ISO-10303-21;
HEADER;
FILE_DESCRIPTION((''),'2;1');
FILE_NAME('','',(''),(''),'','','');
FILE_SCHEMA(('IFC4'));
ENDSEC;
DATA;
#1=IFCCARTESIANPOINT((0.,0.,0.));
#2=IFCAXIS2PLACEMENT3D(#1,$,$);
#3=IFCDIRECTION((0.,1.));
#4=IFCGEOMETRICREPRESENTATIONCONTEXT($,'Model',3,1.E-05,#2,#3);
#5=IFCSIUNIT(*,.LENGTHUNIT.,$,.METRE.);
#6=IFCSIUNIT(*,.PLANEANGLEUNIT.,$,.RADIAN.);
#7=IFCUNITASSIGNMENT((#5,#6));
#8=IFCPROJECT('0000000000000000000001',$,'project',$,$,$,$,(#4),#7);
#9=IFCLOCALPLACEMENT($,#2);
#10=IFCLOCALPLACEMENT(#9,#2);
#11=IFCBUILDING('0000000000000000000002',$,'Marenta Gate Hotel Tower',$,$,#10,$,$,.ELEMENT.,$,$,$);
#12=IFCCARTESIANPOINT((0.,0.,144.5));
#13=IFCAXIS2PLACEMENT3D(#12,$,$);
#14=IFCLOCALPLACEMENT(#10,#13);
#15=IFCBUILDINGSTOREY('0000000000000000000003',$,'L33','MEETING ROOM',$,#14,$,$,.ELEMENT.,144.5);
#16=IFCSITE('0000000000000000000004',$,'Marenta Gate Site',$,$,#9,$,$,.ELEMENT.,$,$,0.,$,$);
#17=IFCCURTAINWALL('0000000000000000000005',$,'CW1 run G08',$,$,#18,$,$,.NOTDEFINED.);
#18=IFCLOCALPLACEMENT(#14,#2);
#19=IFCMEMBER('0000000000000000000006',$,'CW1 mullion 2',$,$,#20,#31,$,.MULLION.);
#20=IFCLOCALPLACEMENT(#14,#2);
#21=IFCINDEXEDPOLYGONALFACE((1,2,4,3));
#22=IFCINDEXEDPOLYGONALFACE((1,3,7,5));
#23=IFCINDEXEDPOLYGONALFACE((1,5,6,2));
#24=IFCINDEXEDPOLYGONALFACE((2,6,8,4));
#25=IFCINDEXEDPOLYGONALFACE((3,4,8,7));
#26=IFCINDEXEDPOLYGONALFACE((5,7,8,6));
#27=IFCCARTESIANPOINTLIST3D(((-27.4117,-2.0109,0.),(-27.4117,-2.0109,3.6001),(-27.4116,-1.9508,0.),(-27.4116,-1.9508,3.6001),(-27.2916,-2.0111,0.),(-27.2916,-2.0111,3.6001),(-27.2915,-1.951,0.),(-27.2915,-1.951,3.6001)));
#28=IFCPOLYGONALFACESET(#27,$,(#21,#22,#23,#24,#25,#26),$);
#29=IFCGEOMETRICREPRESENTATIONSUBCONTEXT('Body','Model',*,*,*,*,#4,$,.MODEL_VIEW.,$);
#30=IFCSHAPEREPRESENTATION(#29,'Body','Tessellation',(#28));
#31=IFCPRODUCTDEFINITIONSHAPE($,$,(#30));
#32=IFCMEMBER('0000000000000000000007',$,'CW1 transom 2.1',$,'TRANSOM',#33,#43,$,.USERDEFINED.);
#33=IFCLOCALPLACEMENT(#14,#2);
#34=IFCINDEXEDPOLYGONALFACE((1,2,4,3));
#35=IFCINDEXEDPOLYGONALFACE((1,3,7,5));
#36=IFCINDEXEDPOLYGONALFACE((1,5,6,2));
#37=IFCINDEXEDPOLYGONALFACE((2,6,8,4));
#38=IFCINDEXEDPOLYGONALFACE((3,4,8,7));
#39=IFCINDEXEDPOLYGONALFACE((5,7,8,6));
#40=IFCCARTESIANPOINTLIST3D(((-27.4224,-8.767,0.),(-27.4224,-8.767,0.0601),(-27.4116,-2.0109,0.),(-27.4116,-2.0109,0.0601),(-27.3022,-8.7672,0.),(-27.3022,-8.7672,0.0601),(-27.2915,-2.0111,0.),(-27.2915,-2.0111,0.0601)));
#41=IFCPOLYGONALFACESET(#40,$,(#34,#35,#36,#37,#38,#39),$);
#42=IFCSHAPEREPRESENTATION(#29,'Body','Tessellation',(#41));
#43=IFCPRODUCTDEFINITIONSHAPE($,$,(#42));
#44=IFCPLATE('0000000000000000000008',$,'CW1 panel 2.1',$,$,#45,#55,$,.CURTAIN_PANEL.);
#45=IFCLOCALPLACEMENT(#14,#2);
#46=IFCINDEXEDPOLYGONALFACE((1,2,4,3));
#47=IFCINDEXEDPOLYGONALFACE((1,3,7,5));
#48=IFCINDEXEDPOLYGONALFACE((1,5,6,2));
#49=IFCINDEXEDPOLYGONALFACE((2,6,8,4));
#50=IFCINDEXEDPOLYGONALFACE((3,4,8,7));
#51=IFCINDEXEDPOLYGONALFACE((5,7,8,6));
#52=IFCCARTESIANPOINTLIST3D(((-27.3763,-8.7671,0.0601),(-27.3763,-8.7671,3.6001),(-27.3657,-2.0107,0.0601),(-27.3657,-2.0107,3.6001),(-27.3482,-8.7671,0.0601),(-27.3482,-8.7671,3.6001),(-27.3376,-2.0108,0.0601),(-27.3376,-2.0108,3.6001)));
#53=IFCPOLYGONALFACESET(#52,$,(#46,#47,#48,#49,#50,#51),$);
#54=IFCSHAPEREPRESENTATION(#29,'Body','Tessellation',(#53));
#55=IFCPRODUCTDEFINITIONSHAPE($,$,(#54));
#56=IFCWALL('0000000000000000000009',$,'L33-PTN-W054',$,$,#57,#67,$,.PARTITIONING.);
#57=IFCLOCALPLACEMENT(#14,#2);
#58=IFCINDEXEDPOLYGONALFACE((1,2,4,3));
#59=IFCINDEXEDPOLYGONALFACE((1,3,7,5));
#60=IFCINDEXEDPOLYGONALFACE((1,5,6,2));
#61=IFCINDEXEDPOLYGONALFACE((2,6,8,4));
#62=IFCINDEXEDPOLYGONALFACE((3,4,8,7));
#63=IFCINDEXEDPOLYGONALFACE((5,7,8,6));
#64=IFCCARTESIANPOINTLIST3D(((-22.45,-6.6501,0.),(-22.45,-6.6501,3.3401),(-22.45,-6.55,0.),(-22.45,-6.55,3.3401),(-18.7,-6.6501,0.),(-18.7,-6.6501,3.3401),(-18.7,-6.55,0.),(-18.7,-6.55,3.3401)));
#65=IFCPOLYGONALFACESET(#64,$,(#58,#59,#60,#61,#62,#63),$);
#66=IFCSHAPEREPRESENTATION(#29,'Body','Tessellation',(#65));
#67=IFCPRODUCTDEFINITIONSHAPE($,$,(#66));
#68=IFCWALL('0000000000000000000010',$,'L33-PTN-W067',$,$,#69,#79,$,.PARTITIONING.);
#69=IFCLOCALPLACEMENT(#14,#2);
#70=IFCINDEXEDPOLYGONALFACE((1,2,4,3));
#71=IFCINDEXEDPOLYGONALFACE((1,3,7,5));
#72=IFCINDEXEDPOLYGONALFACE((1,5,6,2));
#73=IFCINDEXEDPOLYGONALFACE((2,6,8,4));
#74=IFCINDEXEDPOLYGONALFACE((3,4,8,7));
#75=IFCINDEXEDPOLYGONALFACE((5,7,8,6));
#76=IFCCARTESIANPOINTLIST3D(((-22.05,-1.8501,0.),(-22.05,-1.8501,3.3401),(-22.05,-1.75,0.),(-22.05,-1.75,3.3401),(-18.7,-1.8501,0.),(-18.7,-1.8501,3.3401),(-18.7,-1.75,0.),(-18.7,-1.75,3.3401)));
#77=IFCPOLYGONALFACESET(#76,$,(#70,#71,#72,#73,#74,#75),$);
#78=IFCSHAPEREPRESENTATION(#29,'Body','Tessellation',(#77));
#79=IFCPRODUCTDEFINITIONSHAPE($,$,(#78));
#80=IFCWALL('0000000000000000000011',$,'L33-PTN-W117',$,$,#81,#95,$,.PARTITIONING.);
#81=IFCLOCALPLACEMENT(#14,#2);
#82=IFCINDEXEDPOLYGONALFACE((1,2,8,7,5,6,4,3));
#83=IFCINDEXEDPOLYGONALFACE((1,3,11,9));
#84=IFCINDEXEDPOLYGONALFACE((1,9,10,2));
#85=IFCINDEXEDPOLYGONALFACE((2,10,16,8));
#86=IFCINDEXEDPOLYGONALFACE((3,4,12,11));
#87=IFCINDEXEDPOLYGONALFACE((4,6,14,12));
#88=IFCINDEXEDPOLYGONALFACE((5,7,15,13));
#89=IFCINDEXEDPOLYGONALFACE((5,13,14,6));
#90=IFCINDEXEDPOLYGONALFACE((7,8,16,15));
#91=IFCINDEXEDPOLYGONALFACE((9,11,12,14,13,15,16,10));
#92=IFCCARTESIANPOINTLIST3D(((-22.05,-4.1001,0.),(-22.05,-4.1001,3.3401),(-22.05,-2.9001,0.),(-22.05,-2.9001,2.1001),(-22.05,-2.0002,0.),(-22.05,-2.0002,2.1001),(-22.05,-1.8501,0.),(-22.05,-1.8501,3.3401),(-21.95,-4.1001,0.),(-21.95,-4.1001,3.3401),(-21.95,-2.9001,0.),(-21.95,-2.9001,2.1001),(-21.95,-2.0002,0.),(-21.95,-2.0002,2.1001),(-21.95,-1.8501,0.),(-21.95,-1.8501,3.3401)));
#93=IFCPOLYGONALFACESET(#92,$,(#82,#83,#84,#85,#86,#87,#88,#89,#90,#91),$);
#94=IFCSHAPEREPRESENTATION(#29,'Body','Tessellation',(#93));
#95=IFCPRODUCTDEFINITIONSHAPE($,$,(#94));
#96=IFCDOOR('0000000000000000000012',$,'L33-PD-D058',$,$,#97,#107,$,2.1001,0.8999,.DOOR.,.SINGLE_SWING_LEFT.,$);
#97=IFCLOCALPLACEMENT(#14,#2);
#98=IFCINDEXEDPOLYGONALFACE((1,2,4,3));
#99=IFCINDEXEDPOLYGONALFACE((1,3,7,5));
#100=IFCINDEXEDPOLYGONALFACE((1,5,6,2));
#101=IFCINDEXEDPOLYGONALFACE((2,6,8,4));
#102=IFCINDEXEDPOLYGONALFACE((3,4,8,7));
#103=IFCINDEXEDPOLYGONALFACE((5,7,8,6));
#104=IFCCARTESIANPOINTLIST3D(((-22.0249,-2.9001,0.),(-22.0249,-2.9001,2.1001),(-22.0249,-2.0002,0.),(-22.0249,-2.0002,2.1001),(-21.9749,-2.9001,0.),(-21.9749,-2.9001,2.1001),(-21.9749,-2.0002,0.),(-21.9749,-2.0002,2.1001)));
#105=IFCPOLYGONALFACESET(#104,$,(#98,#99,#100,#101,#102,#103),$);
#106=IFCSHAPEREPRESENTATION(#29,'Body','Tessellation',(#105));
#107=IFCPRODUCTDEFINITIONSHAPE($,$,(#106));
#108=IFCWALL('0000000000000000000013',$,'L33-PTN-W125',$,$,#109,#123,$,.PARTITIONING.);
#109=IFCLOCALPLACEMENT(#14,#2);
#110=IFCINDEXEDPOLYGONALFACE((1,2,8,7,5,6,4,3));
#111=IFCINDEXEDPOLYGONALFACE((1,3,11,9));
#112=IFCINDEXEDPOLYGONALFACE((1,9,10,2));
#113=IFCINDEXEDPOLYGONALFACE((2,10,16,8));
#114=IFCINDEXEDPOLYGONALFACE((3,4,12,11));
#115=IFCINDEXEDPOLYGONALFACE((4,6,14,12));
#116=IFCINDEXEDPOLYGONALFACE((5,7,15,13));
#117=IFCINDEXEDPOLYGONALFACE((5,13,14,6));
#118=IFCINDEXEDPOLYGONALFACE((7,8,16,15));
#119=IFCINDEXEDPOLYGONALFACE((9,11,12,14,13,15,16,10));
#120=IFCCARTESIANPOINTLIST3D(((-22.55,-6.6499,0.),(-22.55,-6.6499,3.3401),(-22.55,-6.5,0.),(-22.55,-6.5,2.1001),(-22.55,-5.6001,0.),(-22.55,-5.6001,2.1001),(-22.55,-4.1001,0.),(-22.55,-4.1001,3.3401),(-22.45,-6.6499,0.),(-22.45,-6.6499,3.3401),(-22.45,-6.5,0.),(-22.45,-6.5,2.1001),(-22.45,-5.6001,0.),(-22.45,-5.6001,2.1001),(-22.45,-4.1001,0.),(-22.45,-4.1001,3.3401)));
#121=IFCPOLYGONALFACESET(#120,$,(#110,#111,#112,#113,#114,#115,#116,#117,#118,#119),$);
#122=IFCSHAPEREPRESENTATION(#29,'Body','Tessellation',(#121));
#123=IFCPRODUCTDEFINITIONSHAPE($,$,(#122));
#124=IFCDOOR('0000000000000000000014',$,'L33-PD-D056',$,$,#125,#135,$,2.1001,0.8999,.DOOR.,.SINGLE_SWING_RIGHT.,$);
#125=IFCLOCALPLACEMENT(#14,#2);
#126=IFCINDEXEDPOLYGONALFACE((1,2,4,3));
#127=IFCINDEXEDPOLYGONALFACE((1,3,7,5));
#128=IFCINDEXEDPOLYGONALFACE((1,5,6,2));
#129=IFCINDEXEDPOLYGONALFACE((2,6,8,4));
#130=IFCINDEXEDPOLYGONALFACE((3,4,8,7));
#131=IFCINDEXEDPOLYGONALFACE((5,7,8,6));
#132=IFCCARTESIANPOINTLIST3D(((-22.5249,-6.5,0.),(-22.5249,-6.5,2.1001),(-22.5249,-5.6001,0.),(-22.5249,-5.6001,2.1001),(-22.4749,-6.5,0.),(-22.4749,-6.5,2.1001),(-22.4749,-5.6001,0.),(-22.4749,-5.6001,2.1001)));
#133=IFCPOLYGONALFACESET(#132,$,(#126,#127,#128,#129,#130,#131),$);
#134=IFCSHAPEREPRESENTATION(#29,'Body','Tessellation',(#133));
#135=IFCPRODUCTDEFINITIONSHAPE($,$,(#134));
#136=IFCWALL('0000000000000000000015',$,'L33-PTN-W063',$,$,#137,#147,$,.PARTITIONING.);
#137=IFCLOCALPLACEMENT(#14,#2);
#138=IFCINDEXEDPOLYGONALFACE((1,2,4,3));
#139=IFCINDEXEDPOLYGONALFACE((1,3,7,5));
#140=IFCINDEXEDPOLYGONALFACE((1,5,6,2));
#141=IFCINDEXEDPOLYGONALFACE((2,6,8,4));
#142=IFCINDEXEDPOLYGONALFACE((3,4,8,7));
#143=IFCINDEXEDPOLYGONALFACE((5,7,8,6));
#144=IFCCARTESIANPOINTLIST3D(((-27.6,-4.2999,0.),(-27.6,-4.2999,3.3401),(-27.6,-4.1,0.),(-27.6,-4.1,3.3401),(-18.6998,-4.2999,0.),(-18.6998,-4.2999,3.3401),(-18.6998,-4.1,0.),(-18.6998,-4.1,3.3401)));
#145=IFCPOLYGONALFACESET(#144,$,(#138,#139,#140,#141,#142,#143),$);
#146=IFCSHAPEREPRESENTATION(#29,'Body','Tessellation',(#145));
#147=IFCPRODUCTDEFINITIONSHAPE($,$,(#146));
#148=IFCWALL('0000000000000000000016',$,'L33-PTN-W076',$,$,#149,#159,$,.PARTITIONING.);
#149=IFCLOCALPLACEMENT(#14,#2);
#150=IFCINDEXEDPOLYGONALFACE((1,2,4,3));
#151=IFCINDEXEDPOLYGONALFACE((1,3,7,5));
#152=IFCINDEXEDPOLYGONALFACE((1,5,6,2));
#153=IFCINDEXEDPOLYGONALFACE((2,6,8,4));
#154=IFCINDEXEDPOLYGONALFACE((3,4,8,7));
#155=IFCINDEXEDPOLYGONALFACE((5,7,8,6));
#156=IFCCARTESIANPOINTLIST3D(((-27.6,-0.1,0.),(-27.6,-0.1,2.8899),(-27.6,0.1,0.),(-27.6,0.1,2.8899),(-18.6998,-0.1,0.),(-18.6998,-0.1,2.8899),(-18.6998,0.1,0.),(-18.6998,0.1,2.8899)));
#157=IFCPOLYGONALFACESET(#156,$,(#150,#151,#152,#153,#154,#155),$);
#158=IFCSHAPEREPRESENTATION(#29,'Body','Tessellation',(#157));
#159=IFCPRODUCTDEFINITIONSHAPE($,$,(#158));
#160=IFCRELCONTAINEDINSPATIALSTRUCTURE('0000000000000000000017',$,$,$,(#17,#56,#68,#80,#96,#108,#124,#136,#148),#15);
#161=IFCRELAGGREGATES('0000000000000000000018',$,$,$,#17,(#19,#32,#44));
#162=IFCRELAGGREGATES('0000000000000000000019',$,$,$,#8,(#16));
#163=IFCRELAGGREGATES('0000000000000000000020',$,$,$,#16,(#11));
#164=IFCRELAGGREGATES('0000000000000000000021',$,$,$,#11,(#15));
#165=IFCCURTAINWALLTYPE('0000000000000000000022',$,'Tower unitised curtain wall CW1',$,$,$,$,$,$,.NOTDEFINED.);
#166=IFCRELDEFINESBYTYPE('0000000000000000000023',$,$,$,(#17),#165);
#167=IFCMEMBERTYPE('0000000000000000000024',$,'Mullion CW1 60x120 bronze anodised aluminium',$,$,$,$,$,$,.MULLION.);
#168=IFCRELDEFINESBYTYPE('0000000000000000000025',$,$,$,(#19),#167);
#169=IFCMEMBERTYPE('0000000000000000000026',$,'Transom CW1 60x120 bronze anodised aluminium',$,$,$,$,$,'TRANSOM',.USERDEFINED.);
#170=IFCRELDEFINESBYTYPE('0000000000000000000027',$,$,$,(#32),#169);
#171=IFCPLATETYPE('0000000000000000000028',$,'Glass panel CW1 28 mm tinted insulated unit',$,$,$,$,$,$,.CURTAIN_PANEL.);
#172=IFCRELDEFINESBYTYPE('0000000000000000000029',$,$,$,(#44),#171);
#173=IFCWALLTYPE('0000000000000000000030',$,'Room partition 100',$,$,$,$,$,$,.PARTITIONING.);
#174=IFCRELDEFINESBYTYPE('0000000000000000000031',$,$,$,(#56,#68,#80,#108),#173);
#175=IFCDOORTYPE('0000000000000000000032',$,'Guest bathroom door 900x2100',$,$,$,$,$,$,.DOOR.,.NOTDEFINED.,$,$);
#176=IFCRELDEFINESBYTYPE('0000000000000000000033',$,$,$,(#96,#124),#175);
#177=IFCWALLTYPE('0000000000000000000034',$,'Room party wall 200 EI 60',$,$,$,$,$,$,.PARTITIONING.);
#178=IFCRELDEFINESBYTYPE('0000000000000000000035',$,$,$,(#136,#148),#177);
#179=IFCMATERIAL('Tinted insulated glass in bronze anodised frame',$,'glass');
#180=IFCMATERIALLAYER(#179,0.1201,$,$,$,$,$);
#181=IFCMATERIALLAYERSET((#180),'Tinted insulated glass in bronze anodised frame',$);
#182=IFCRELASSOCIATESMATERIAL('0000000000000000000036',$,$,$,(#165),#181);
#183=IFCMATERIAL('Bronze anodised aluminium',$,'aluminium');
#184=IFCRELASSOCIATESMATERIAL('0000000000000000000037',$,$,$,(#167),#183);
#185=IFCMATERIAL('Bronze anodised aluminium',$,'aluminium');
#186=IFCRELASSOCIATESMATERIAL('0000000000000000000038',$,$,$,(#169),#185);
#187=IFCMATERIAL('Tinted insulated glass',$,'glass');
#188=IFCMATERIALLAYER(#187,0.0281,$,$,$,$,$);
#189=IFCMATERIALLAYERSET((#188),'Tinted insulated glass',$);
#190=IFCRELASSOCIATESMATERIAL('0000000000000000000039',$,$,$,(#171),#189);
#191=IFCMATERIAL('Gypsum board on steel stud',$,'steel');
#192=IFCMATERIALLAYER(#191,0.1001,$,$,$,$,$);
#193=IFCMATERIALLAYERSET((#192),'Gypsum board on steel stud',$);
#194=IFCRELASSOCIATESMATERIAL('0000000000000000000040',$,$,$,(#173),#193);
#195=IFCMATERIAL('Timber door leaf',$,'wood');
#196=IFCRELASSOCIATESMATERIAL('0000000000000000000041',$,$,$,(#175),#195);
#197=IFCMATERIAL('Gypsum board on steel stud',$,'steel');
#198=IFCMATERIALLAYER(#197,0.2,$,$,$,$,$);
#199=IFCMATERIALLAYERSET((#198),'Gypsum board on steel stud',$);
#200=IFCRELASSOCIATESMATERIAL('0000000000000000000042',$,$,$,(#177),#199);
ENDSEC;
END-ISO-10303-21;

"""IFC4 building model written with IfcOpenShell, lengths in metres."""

from ifc_helpers import new_model, si_unit, direction, frame, frame_2d, origin, origin_2d, place, context, subcontext, project, spatial, rectangle, extrude, material, layer, layer_set, material_profile, profile_set, type_object, element, fill, aggregate, save


model = new_model("IFC4")

# Units and contexts
model_context = context("Model", 3, precision=1e-05, world=origin(), true_north=direction((0.0, 1.0)))
body_context = subcontext(model_context, "Body", "Model", "MODEL_VIEW")
ifc_project = project(units=[si_unit("LENGTHUNIT", "METRE"), si_unit("PLANEANGLEUNIT", "RADIAN")], contexts=[model_context])

# Site, building, storey
site_placement = place(None, origin())
site = spatial("IfcSite", under=ifc_project, at=site_placement, Name="Marenta Gate Site", CompositionType="ELEMENT", RefElevation=0.0)
building_placement = place(site_placement, origin())
building = spatial("IfcBuilding", under=site, at=building_placement, Name="Marenta Gate Hotel Tower", CompositionType="ELEMENT")
storey_placement = place(building_placement, frame((0.0, 0.0, 144.5)))
storey = spatial("IfcBuildingStorey", under=building, at=storey_placement, Name="L33", Description="MEETING ROOM", CompositionType="ELEMENT", Elevation=144.5)

# Curtain wall, members, plate
ifc_material_1 = material(Name="Tinted insulated glass in bronze anodised frame", Category="glass")
ifc_layer_1 = layer(ifc_material_1, 0.1201)
ifc_layer_set_1 = layer_set([ifc_layer_1], Name="Tinted insulated glass in bronze anodised frame")
curtain_wall_type = type_object("IfcCurtainWallType", Name="Tower unitised curtain wall CW1", PredefinedType="NOTDEFINED", material=ifc_layer_set_1)
curtain_wall_placement = place(storey_placement, origin())
curtain_wall = element("IfcCurtainWall", 1, at=curtain_wall_placement, inside=storey, type_object=curtain_wall_type, Name="CW1 run G08", PredefinedType="NOTDEFINED")
ifc_material_2 = material(Name="Bronze anodised aluminium", Category="aluminium")
ifc_material_profile_1 = material_profile(ifc_material_2, rectangle(XDim=0.1201, YDim=0.0601, at=origin_2d()), Name="Mullion CW1 60x120 bronze anodised aluminium")
ifc_profile_set_1 = profile_set([ifc_material_profile_1], Name="Bronze anodised aluminium")
member_type_1 = type_object("IfcMemberType", Name="Mullion CW1 60x120 bronze anodised aluminium", PredefinedType="MULLION", material=ifc_profile_set_1)
member_1_placement = place(storey_placement, frame((-27.3516, -1.981, 0.0), z_axis=(0.0, 0.0, 1.0), x_axis=(0.999999, -0.001565, 0.0)))
member_1 = element("IfcMember", 2, at=member_1_placement, type_object=member_type_1, Name="CW1 mullion 2", PredefinedType="MULLION", context=body_context, shape_type="SweptSolid", body=[
    extrude(rectangle(XDim=0.1201, YDim=0.0601, at=origin_2d()), origin(), (0.0, 0.0, 1.0), 3.6001),
])
ifc_material_3 = material(Name="Bronze anodised aluminium", Category="aluminium")
ifc_material_profile_2 = material_profile(ifc_material_3, rectangle(XDim=0.1201, YDim=0.0601, at=origin_2d()), Name="Transom CW1 60x120 bronze anodised aluminium")
ifc_profile_set_2 = profile_set([ifc_material_profile_2], Name="Bronze anodised aluminium")
member_type_2 = type_object("IfcMemberType", Name="Transom CW1 60x120 bronze anodised aluminium", ElementType="TRANSOM", PredefinedType="USERDEFINED", material=ifc_profile_set_2)
member_2_placement = place(storey_placement, frame((-27.3516, -2.011, 0.03), z_axis=(-0.00159, -0.999999, 0.0), x_axis=(0.999999, -0.00159, 0.0)))
member_2 = element("IfcMember", 3, at=member_2_placement, type_object=member_type_2, Name="CW1 transom 2.1", ObjectType="TRANSOM", PredefinedType="USERDEFINED", context=body_context, shape_type="SweptSolid", body=[
    extrude(rectangle(XDim=0.1201, YDim=0.0601, at=origin_2d()), origin(), (0.0, 0.0, 1.0), 6.7561),
])
ifc_material_4 = material(Name="Tinted insulated glass", Category="glass")
ifc_layer_2 = layer(ifc_material_4, 0.0281)
ifc_layer_set_2 = layer_set([ifc_layer_2], Name="Tinted insulated glass")
plate_type = type_object("IfcPlateType", Name="Glass panel CW1 28 mm tinted insulated unit", PredefinedType="CURTAIN_PANEL", material=ifc_layer_set_2)
plate_placement = place(storey_placement, frame((-27.3569, -5.3889, 0.0601), z_axis=(0.0, 0.0, 1.0), x_axis=(-0.001565, -0.999999, 0.0)))
plate = element("IfcPlate", 4, at=plate_placement, type_object=plate_type, Name="CW1 panel 2.1", PredefinedType="CURTAIN_PANEL", context=body_context, shape_type="SweptSolid", body=[
    extrude(rectangle(XDim=6.7563, YDim=0.0281, at=origin_2d()), origin(), (0.0, 0.0, 1.0), 3.54),
])
aggregate(curtain_wall, [member_1, member_2, plate])

# Walls
ifc_material_5 = material(Name="Gypsum board on steel stud", Category="steel")
ifc_layer_3 = layer(ifc_material_5, 0.1001)
ifc_layer_set_3 = layer_set([ifc_layer_3], Name="Gypsum board on steel stud")
wall_type_1 = type_object("IfcWallType", Name="Room partition 100", PredefinedType="PARTITIONING", material=ifc_layer_set_3)
wall_1_placement = place(storey_placement, frame((-22.45, -6.6001, 0.0), z_axis=(0.0, 0.0, 1.0), x_axis=(1.0, 0.0, 0.0)))
element("IfcWall", 5, at=wall_1_placement, inside=storey, type_object=wall_type_1, Name="L33-PTN-W054", PredefinedType="PARTITIONING", context=body_context, shape_type="SweptSolid", body=[
    extrude(rectangle(XDim=3.75, YDim=0.1001, at=frame_2d((1.875, 0.0))), origin(), (0.0, 0.0, 1.0), 3.3401),
])
wall_2_placement = place(storey_placement, frame((-22.05, -1.8, 0.0), z_axis=(0.0, 0.0, 1.0), x_axis=(1.0, 0.0, 0.0)))
element("IfcWall", 6, at=wall_2_placement, inside=storey, type_object=wall_type_1, Name="L33-PTN-W067", PredefinedType="PARTITIONING", context=body_context, shape_type="SweptSolid", body=[
    extrude(rectangle(XDim=3.3501, YDim=0.1001, at=frame_2d((1.675, 0.0))), origin(), (0.0, 0.0, 1.0), 3.3401),
])

# Walls, openings, doors
wall_3_placement = place(storey_placement, frame((-22.0, -4.1001, 0.0), z_axis=(0.0, 0.0, 1.0), x_axis=(0.0, 1.0, 0.0)))
wall_3 = element("IfcWall", 7, at=wall_3_placement, inside=storey, type_object=wall_type_1, Name="L33-PTN-W117", PredefinedType="PARTITIONING", context=body_context, shape_type="SweptSolid", body=[
    extrude(rectangle(XDim=2.25, YDim=0.1001, at=frame_2d((1.125, 0.0))), origin(), (0.0, 0.0, 1.0), 3.3401),
])
opening_1_placement = place(wall_3_placement, frame((1.2, 0.0, 0.0)))
opening_1 = element("IfcOpeningElement", 8, at=opening_1_placement, cuts=wall_3, PredefinedType="OPENING", context=body_context, shape_type="SweptSolid", body=[
    extrude(rectangle(XDim=0.8999, YDim=2.1001, at=frame_2d((0.45, 1.05))), frame((0.0, 0.05, 0.0), z_axis=(0.0, -1.0, 0.0), x_axis=(1.0, 0.0, 0.0)), (0.0, 0.0, 1.0), 0.1001),
])
ifc_material_6 = material(Name="Timber door leaf", Category="wood")
door_type_1 = type_object("IfcDoorType", Name="Guest bathroom door 900x2100", OperationType="NOTDEFINED", PredefinedType="DOOR", material=ifc_material_6)
door_1_placement = place(opening_1_placement, origin())
door_1 = element("IfcDoor", 9, at=door_1_placement, inside=storey, type_object=door_type_1, Name="L33-PD-D058", OperationType="SINGLE_SWING_LEFT", OverallHeight=2.1001, OverallWidth=0.8999, PredefinedType="DOOR", context=body_context, shape_type="SweptSolid", body=[
    extrude(rectangle(XDim=0.8999, YDim=2.1001, at=frame_2d((0.45, 1.05))), frame((0.0, 0.0249, 0.0), z_axis=(0.0, -1.0, 0.0), x_axis=(1.0, 0.0, 0.0)), (0.0, 0.0, 1.0), 0.05),
])
fill(opening_1, door_1)
wall_4_placement = place(storey_placement, frame((-22.5, -6.6499, 0.0), z_axis=(0.0, 0.0, 1.0), x_axis=(0.0, 1.0, 0.0)))
wall_4 = element("IfcWall", 10, at=wall_4_placement, inside=storey, type_object=wall_type_1, Name="L33-PTN-W125", PredefinedType="PARTITIONING", context=body_context, shape_type="SweptSolid", body=[
    extrude(rectangle(XDim=2.5498, YDim=0.1001, at=frame_2d((1.2749, 0.0))), origin(), (0.0, 0.0, 1.0), 3.3401),
])
opening_2_placement = place(wall_4_placement, frame((0.1499, 0.0, 0.0)))
opening_2 = element("IfcOpeningElement", 11, at=opening_2_placement, cuts=wall_4, PredefinedType="OPENING", context=body_context, shape_type="SweptSolid", body=[
    extrude(rectangle(XDim=0.8999, YDim=2.1001, at=frame_2d((0.45, 1.05))), frame((0.0, 0.05, 0.0), z_axis=(0.0, -1.0, 0.0), x_axis=(1.0, 0.0, 0.0)), (0.0, 0.0, 1.0), 0.1001),
])
door_2_placement = place(opening_2_placement, origin())
door_2 = element("IfcDoor", 12, at=door_2_placement, inside=storey, type_object=door_type_1, Name="L33-PD-D056", OperationType="SINGLE_SWING_RIGHT", OverallHeight=2.1001, OverallWidth=0.8999, PredefinedType="DOOR", context=body_context, shape_type="SweptSolid", body=[
    extrude(rectangle(XDim=0.8999, YDim=2.1001, at=frame_2d((0.45, 1.05))), frame((0.0, 0.0249, 0.0), z_axis=(0.0, -1.0, 0.0), x_axis=(1.0, 0.0, 0.0)), (0.0, 0.0, 1.0), 0.05),
])
fill(opening_2, door_2)

# Walls
ifc_material_7 = material(Name="Gypsum board on steel stud", Category="steel")
ifc_layer_4 = layer(ifc_material_7, 0.2)
ifc_layer_set_4 = layer_set([ifc_layer_4], Name="Gypsum board on steel stud")
wall_type_2 = type_object("IfcWallType", Name="Room party wall 200 EI 60", PredefinedType="PARTITIONING", material=ifc_layer_set_4)
wall_5_placement = place(storey_placement, frame((-27.6001, -4.2, 0.0), z_axis=(0.0, 0.0, 1.0), x_axis=(1.0, 0.0, 0.0)))
element("IfcWall", 13, at=wall_5_placement, inside=storey, type_object=wall_type_2, Name="L33-PTN-W063", PredefinedType="PARTITIONING", context=body_context, shape_type="SweptSolid", body=[
    extrude(rectangle(XDim=8.9001, YDim=0.2, at=frame_2d((4.4502, 0.0))), origin(), (0.0, 0.0, 1.0), 3.3401),
])
wall_6_placement = place(storey_placement, frame((-27.6001, 0.0, 0.0), z_axis=(0.0, 0.0, 1.0), x_axis=(1.0, 0.0, 0.0)))
element("IfcWall", 14, at=wall_6_placement, inside=storey, type_object=wall_type_2, Name="L33-PTN-W076", PredefinedType="PARTITIONING", context=body_context, shape_type="SweptSolid", body=[
    extrude(rectangle(XDim=8.9001, YDim=0.2, at=frame_2d((4.4502, 0.0))), origin(), (0.0, 0.0, 1.0), 2.8899),
])

save(model, "model.ifc")
